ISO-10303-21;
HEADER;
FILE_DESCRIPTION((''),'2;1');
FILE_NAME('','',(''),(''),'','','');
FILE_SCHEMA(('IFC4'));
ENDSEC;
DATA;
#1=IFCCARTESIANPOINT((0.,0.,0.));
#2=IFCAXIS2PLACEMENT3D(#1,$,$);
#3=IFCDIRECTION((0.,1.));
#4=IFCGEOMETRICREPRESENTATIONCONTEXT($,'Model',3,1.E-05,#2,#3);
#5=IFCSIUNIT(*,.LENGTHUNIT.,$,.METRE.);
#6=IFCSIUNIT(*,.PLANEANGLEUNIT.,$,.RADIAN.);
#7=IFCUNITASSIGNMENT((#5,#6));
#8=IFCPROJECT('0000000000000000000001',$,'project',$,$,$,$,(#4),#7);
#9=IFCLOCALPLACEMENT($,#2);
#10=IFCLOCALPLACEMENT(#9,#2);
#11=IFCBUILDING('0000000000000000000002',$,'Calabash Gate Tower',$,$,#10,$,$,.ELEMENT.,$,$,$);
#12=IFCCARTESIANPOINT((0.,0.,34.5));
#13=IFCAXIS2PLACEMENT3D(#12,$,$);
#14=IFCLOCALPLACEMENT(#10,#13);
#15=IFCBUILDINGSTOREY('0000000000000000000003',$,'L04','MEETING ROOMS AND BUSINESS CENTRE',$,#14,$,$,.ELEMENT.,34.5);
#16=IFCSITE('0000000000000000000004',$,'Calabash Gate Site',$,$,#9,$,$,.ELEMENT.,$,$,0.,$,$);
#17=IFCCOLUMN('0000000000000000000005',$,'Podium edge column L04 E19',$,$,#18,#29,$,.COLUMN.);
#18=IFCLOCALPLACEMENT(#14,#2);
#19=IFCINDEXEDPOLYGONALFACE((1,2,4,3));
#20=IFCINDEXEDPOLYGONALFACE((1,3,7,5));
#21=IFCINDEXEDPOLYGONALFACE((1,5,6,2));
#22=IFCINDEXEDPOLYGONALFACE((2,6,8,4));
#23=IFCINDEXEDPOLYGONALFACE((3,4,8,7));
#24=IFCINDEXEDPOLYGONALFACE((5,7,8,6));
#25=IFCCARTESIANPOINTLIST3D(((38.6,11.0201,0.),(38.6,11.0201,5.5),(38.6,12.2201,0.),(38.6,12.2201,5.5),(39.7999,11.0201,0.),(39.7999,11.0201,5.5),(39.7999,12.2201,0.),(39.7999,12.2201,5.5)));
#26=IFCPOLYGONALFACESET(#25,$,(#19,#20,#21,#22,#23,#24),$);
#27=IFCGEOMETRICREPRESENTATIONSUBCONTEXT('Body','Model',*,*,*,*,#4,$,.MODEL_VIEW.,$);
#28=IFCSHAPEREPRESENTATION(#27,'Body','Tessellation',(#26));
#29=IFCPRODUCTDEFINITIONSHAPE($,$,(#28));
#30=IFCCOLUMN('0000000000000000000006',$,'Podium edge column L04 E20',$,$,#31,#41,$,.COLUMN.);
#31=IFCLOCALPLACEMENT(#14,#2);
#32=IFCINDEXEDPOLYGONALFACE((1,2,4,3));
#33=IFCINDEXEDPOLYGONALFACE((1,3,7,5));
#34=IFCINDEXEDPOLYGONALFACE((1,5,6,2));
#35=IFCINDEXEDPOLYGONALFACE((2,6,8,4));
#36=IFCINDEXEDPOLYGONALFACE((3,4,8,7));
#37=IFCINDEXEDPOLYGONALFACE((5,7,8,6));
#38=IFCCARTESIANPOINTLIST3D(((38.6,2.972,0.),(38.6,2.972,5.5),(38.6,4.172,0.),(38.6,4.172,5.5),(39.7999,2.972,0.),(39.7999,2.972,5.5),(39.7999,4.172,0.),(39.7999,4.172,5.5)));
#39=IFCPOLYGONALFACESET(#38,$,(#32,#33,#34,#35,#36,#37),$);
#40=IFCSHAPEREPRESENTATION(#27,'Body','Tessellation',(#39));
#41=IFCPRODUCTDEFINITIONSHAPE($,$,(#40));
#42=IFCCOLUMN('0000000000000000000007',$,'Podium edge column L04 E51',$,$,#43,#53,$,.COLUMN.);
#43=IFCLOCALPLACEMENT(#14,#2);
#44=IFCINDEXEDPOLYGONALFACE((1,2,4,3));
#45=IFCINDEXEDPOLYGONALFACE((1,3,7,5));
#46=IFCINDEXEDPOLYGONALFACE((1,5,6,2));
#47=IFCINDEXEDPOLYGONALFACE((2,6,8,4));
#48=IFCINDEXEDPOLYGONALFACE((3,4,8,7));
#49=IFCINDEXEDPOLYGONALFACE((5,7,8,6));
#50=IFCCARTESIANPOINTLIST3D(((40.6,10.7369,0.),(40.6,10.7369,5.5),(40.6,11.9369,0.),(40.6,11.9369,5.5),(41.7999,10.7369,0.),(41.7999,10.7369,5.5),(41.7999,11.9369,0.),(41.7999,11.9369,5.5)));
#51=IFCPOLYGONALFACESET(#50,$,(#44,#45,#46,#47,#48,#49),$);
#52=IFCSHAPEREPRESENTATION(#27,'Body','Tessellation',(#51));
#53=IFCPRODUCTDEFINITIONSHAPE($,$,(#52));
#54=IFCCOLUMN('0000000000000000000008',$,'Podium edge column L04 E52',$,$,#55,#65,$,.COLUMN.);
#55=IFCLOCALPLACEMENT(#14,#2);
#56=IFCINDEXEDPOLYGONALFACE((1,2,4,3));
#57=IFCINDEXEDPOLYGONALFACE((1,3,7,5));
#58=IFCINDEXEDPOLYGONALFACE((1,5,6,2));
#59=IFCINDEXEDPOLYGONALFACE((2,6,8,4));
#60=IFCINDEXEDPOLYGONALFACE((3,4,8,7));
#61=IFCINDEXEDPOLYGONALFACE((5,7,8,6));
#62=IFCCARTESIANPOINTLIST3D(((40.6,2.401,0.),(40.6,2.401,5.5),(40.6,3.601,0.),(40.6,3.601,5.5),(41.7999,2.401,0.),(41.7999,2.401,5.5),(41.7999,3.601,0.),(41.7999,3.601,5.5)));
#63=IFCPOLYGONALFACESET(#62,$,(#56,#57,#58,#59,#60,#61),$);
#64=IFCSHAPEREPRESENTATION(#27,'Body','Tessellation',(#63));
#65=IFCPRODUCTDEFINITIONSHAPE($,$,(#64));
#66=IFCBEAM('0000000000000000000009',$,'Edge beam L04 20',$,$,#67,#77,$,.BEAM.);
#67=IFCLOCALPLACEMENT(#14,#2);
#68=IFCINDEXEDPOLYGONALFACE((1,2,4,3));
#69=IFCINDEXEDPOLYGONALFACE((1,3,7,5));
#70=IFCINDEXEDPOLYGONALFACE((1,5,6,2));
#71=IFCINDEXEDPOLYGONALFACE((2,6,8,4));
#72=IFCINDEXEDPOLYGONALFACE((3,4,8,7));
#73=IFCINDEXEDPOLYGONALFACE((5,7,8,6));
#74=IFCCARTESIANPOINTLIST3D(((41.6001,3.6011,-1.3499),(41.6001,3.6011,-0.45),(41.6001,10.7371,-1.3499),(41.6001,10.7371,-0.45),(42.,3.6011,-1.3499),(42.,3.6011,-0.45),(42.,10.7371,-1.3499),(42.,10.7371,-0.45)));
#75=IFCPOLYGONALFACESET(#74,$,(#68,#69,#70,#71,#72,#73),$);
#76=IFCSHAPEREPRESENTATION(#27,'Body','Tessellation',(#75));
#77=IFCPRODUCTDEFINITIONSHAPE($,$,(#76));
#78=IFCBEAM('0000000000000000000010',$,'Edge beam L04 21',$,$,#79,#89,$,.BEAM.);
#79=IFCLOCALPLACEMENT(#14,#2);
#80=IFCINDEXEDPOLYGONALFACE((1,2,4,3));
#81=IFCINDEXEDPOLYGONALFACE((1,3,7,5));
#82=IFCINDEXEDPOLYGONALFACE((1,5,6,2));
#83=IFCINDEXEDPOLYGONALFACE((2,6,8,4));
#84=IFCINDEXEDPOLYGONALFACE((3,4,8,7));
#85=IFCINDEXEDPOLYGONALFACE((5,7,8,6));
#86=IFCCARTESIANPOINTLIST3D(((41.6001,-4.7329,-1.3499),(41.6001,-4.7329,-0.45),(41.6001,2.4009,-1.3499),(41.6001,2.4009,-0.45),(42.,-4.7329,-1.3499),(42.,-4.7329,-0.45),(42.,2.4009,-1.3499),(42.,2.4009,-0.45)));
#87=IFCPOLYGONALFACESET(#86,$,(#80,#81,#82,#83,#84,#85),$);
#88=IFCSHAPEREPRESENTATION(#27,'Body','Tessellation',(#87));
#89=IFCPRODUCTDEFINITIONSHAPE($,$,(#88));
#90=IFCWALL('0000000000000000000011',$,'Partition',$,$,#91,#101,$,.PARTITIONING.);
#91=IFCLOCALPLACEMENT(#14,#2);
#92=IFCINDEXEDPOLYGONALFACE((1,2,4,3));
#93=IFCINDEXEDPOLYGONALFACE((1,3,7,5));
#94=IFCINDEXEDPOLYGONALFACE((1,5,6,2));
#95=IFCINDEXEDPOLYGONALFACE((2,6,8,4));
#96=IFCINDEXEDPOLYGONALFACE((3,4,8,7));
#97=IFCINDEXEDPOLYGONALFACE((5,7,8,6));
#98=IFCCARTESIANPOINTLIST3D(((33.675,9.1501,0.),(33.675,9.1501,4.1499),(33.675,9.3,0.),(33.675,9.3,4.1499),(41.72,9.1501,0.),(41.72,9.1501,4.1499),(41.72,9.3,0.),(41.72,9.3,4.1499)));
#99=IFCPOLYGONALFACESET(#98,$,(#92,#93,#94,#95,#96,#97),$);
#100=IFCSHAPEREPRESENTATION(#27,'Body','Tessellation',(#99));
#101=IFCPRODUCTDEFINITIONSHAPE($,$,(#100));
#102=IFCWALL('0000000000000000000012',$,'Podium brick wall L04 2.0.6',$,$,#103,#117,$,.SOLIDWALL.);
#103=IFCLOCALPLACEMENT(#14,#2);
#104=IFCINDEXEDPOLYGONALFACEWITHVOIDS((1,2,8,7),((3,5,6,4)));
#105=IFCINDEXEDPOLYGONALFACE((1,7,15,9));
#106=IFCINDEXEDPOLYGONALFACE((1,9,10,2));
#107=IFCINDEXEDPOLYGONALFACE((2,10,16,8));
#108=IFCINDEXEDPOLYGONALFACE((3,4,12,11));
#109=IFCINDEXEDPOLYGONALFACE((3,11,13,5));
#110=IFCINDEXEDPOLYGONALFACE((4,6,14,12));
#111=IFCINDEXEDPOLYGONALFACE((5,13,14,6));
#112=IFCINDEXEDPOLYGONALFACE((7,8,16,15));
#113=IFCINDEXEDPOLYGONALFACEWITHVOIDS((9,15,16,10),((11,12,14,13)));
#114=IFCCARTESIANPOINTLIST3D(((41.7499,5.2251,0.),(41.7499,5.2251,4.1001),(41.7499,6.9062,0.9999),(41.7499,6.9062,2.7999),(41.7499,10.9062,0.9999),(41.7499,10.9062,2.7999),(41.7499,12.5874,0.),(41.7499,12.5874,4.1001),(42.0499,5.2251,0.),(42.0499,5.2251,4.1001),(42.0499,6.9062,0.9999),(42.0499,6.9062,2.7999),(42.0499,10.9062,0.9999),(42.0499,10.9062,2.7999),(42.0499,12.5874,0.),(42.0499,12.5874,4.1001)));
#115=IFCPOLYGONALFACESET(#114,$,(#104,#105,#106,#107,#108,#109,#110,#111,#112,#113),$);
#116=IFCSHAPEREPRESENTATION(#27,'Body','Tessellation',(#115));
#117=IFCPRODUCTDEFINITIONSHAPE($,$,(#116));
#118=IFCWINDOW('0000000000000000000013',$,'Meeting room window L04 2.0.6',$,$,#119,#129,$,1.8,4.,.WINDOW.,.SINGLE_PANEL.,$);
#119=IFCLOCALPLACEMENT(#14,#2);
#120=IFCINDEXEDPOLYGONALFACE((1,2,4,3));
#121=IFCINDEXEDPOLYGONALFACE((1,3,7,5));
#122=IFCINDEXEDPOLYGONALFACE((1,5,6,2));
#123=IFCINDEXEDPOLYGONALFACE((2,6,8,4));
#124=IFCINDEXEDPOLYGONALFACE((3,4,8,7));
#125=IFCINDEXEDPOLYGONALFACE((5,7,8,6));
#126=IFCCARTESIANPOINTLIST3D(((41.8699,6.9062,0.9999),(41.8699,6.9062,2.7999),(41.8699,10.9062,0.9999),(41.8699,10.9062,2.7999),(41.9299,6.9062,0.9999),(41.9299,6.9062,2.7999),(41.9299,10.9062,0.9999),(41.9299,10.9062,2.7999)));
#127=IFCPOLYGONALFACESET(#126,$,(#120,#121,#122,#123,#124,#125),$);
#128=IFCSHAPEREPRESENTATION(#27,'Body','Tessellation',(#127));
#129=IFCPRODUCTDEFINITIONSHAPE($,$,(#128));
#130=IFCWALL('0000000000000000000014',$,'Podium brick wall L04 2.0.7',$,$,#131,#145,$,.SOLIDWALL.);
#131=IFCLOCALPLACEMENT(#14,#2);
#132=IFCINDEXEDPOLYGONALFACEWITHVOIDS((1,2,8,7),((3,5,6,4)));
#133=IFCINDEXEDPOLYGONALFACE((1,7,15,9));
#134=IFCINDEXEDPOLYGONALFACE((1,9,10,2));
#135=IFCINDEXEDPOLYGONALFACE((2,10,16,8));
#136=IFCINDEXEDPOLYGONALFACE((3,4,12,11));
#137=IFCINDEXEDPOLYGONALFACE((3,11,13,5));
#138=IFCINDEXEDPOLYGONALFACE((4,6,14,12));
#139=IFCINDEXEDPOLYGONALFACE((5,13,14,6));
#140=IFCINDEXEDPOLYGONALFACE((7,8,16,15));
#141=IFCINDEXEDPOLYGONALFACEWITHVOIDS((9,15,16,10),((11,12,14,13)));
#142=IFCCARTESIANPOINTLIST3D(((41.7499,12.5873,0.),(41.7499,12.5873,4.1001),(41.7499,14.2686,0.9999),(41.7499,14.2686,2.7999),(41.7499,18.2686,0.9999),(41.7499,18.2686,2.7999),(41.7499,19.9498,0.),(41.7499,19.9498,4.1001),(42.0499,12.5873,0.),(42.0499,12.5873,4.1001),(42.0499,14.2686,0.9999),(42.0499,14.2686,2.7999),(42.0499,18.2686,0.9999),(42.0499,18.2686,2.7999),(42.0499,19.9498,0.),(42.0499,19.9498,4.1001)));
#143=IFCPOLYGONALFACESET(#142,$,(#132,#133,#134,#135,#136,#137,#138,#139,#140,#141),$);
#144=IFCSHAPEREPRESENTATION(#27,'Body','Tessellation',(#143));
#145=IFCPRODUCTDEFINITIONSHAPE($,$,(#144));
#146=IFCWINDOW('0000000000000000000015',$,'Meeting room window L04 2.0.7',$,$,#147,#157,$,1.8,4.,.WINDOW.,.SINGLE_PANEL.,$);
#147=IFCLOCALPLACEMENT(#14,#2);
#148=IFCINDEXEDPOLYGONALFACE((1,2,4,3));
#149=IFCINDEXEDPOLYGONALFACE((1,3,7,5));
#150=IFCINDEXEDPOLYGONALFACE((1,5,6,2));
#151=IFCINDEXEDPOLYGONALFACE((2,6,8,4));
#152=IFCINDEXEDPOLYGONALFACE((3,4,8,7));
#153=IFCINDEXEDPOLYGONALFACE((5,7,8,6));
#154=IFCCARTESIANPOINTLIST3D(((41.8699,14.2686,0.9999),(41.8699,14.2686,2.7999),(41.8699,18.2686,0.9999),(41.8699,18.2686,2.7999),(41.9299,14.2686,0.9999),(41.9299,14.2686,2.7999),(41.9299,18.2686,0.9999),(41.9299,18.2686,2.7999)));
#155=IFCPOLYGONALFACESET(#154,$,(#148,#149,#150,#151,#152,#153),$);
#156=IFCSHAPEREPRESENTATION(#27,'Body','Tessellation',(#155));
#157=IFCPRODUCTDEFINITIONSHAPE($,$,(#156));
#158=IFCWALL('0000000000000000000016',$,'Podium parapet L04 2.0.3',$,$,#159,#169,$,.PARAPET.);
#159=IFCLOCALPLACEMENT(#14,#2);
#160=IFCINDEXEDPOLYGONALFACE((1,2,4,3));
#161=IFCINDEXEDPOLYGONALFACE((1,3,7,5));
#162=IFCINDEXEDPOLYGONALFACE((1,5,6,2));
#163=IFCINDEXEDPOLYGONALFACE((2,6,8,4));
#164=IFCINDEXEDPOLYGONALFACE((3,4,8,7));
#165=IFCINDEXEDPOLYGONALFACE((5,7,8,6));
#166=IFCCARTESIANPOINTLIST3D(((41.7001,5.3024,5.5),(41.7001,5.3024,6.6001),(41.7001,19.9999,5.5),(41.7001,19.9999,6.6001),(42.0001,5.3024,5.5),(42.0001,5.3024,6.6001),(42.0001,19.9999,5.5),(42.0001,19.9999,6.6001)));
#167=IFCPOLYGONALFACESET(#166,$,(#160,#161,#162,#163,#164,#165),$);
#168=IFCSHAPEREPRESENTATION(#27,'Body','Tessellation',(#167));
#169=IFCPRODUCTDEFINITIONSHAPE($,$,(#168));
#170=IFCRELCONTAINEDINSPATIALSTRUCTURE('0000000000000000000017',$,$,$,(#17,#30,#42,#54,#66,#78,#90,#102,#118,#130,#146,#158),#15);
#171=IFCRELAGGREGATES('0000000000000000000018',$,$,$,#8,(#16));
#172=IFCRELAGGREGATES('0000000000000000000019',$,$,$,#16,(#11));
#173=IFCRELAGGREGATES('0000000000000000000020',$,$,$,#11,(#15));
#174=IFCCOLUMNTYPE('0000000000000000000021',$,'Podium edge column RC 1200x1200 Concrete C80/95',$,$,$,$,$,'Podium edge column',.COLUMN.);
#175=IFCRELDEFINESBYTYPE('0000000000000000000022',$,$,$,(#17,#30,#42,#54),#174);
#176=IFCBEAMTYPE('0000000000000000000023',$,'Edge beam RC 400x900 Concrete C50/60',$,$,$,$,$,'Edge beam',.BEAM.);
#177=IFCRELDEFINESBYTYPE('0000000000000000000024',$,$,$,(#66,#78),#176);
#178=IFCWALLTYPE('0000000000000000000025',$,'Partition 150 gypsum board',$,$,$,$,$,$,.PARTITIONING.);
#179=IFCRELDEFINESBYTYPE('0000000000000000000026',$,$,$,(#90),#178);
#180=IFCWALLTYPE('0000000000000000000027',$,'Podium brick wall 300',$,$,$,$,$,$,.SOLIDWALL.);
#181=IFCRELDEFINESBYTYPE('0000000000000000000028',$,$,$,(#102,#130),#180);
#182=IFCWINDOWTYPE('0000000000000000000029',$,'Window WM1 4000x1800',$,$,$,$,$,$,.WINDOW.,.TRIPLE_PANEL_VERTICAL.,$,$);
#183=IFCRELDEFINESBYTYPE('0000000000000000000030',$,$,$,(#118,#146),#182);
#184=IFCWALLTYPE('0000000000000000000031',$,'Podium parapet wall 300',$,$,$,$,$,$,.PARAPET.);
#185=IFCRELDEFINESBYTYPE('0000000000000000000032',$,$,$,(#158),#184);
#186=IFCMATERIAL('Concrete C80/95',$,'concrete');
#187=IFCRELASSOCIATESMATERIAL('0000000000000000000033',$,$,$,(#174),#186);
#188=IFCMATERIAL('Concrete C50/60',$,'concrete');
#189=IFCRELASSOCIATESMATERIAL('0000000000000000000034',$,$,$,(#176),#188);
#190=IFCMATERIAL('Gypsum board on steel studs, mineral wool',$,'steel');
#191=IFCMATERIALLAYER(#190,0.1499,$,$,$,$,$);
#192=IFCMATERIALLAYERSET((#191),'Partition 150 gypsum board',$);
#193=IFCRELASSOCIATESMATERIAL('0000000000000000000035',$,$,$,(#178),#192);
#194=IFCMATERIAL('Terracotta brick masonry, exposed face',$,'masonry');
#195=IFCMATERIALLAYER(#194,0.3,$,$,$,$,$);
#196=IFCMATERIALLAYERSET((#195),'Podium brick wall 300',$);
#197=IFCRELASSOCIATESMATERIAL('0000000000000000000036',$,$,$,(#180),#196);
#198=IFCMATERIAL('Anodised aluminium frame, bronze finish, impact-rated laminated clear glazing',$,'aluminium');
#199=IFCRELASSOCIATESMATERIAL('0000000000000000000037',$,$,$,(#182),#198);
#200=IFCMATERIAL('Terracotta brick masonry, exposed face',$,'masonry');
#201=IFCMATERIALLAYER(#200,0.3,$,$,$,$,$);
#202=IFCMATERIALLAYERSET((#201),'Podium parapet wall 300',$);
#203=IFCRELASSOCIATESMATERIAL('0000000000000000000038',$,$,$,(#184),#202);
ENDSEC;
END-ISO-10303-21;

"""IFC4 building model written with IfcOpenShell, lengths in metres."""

from ifc_helpers import new_model, si_unit, direction, frame, frame_2d, origin, origin_2d, place, context, subcontext, project, spatial, rectangle, extrude, material, layer, layer_set, material_profile, profile_set, type_object, element, fill, save


model = new_model("IFC4")

# Units and contexts
model_context = context("Model", 3, precision=1e-05, world=origin(), true_north=direction((0.0, 1.0)))
body_context = subcontext(model_context, "Body", "Model", "MODEL_VIEW")
ifc_project = project(units=[si_unit("LENGTHUNIT", "METRE"), si_unit("PLANEANGLEUNIT", "RADIAN")], contexts=[model_context])

# Site, building, storey
site_placement = place(None, origin())
site = spatial("IfcSite", under=ifc_project, at=site_placement, Name="Calabash Gate Site", CompositionType="ELEMENT", RefElevation=0.0)
building_placement = place(site_placement, origin())
building = spatial("IfcBuilding", under=site, at=building_placement, Name="Calabash Gate Tower", CompositionType="ELEMENT")
storey_placement = place(building_placement, frame((0.0, 0.0, 34.5)))
storey = spatial("IfcBuildingStorey", under=building, at=storey_placement, Name="L04", Description="MEETING ROOMS AND BUSINESS CENTRE", CompositionType="ELEMENT", Elevation=34.5)

# Columns
ifc_material_1 = material(Name="Concrete C80/95", Category="concrete")
ifc_material_profile_1 = material_profile(ifc_material_1, rectangle(XDim=1.2, YDim=1.2, at=origin_2d()))
ifc_profile_set_1 = profile_set([ifc_material_profile_1], Name="Concrete C80/95")
column_type = type_object("IfcColumnType", Name="Podium edge column RC 1200x1200 Concrete C80/95", ElementType="Podium edge column", PredefinedType="COLUMN", material=ifc_profile_set_1)
for number, where, z_axis, x_axis, name in (
    (1, (39.2, 11.6201, 0.0), (0.0, 0.0, 1.0), (1.0, 0.0, 0.0), "Podium edge column L04 E19"),
    (2, (39.2, 3.572, 0.0), (0.0, 0.0, 1.0), (1.0, 0.0, 0.0), "Podium edge column L04 E20"),
    (3, (41.2, 11.3369, 0.0), (0.0, 0.0, 1.0), (1.0, 0.0, 0.0), "Podium edge column L04 E51"),
    (4, (41.2, 3.001, 0.0), (0.0, 0.0, 1.0), (1.0, 0.0, 0.0), "Podium edge column L04 E52"),
):
    element("IfcColumn", number, at=place(storey_placement, frame(where, z_axis=z_axis, x_axis=x_axis)), inside=storey, type_object=column_type, Name=name, PredefinedType="COLUMN", context=body_context, shape_type="SweptSolid", body=[
        extrude(rectangle(XDim=1.2, YDim=1.2, at=origin_2d()), origin(), (0.0, 0.0, 1.0), 5.5),
    ])

# Beams
ifc_material_2 = material(Name="Concrete C50/60", Category="concrete")
ifc_material_profile_2 = material_profile(ifc_material_2, rectangle(XDim=0.3999, YDim=0.8999, at=origin_2d()))
ifc_profile_set_2 = profile_set([ifc_material_profile_2], Name="Concrete C50/60")
beam_type = type_object("IfcBeamType", Name="Edge beam RC 400x900 Concrete C50/60", ElementType="Edge beam", PredefinedType="BEAM", material=ifc_profile_set_2)
beam_1_placement = place(storey_placement, frame((41.8, 10.7371, -0.8999), z_axis=(0.0, -1.0, 0.0), x_axis=(1.0, 0.0, 0.0)))
element("IfcBeam", 5, at=beam_1_placement, inside=storey, type_object=beam_type, Name="Edge beam L04 20", PredefinedType="BEAM", context=body_context, shape_type="SweptSolid", body=[
    extrude(rectangle(XDim=0.3999, YDim=0.8999, at=origin_2d()), origin(), (0.0, 0.0, 1.0), 7.136),
])
beam_2_placement = place(storey_placement, frame((41.8, 2.4009, -0.8999), z_axis=(0.0, -1.0, 0.0), x_axis=(1.0, 0.0, 0.0)))
element("IfcBeam", 6, at=beam_2_placement, inside=storey, type_object=beam_type, Name="Edge beam L04 21", PredefinedType="BEAM", context=body_context, shape_type="SweptSolid", body=[
    extrude(rectangle(XDim=0.3999, YDim=0.8999, at=origin_2d()), origin(), (0.0, 0.0, 1.0), 7.1338),
])

# Wall
ifc_material_3 = material(Name="Gypsum board on steel studs, mineral wool", Category="steel")
ifc_layer_1 = layer(ifc_material_3, 0.1499)
ifc_layer_set_1 = layer_set([ifc_layer_1], Name="Partition 150 gypsum board")
wall_type_1 = type_object("IfcWallType", Name="Partition 150 gypsum board", PredefinedType="PARTITIONING", material=ifc_layer_set_1)
wall_1_placement = place(storey_placement, frame((33.675, 9.2251, 0.0), z_axis=(0.0, 0.0, 1.0), x_axis=(1.0, 0.0, 0.0)))
element("IfcWall", 7, at=wall_1_placement, inside=storey, type_object=wall_type_1, Name="Partition", PredefinedType="PARTITIONING", context=body_context, shape_type="SweptSolid", body=[
    extrude(rectangle(XDim=8.0449, YDim=0.1499, at=frame_2d((4.0225, 0.0))), origin(), (0.0, 0.0, 1.0), 4.1499),
])

# Walls, openings, windows
ifc_material_4 = material(Name="Terracotta brick masonry, exposed face", Category="masonry")
ifc_layer_2 = layer(ifc_material_4, 0.3)
ifc_layer_set_2 = layer_set([ifc_layer_2], Name="Podium brick wall 300")
wall_type_2 = type_object("IfcWallType", Name="Podium brick wall 300", PredefinedType="SOLIDWALL", material=ifc_layer_set_2)
wall_2_placement = place(storey_placement, frame((41.8999, 5.2251, 0.0), z_axis=(0.0, 0.0, 1.0), x_axis=(0.0, 1.0, 0.0)))
wall_2 = element("IfcWall", 8, at=wall_2_placement, inside=storey, type_object=wall_type_2, Name="Podium brick wall L04 2.0.6", PredefinedType="SOLIDWALL", context=body_context, shape_type="SweptSolid", body=[
    extrude(rectangle(XDim=7.3623, YDim=0.3, at=frame_2d((3.6812, 0.0))), origin(), (0.0, 0.0, 1.0), 4.1001),
])
opening_1_placement = place(wall_2_placement, frame((1.6812, 0.0, 1.0)))
opening_1 = element("IfcOpeningElement", 9, at=opening_1_placement, cuts=wall_2, PredefinedType="OPENING", context=body_context, shape_type="SweptSolid", body=[
    extrude(rectangle(XDim=4.0, YDim=1.8, at=frame_2d((2.0, 0.8999))), frame((0.0, 0.1599, 0.0), z_axis=(0.0, -1.0, 0.0), x_axis=(1.0, 0.0, 0.0)), (0.0, 0.0, 1.0), 0.3201),
])
ifc_material_5 = material(Name="Anodised aluminium frame, bronze finish, impact-rated laminated clear glazing", Category="aluminium")
window_type = type_object("IfcWindowType", Name="Window WM1 4000x1800", PartitioningType="TRIPLE_PANEL_VERTICAL", PredefinedType="WINDOW", material=ifc_material_5)
window_1_placement = place(opening_1_placement, origin())
window_1 = element("IfcWindow", 10, at=window_1_placement, inside=storey, type_object=window_type, Name="Meeting room window L04 2.0.6", OverallHeight=1.8, OverallWidth=4.0, PartitioningType="SINGLE_PANEL", PredefinedType="WINDOW", context=body_context, shape_type="SweptSolid", body=[
    extrude(rectangle(XDim=4.0, YDim=1.8, at=frame_2d((2.0, 0.8999))), frame((0.0, 0.03, 0.0), z_axis=(0.0, -1.0, 0.0), x_axis=(1.0, 0.0, 0.0)), (0.0, 0.0, 1.0), 0.0601),
])
fill(opening_1, window_1)
wall_3_placement = place(storey_placement, frame((41.8999, 12.5874, 0.0), z_axis=(0.0, 0.0, 1.0), x_axis=(0.0, 1.0, 0.0)))
wall_3 = element("IfcWall", 11, at=wall_3_placement, inside=storey, type_object=wall_type_2, Name="Podium brick wall L04 2.0.7", PredefinedType="SOLIDWALL", context=body_context, shape_type="SweptSolid", body=[
    extrude(rectangle(XDim=7.3625, YDim=0.3, at=frame_2d((3.6812, 0.0))), origin(), (0.0, 0.0, 1.0), 4.1001),
])
opening_2_placement = place(wall_3_placement, frame((1.6812, 0.0, 1.0)))
opening_2 = element("IfcOpeningElement", 12, at=opening_2_placement, cuts=wall_3, PredefinedType="OPENING", context=body_context, shape_type="SweptSolid", body=[
    extrude(rectangle(XDim=4.0, YDim=1.8, at=frame_2d((2.0, 0.8999))), frame((0.0, 0.1599, 0.0), z_axis=(0.0, -1.0, 0.0), x_axis=(1.0, 0.0, 0.0)), (0.0, 0.0, 1.0), 0.3201),
])
window_2_placement = place(opening_2_placement, origin())
window_2 = element("IfcWindow", 13, at=window_2_placement, inside=storey, type_object=window_type, Name="Meeting room window L04 2.0.7", OverallHeight=1.8, OverallWidth=4.0, PartitioningType="SINGLE_PANEL", PredefinedType="WINDOW", context=body_context, shape_type="SweptSolid", body=[
    extrude(rectangle(XDim=4.0, YDim=1.8, at=frame_2d((2.0, 0.8999))), frame((0.0, 0.03, 0.0), z_axis=(0.0, -1.0, 0.0), x_axis=(1.0, 0.0, 0.0)), (0.0, 0.0, 1.0), 0.0601),
])
fill(opening_2, window_2)

# Wall
ifc_material_6 = material(Name="Terracotta brick masonry, exposed face", Category="masonry")
ifc_layer_3 = layer(ifc_material_6, 0.3)
ifc_layer_set_3 = layer_set([ifc_layer_3], Name="Podium parapet wall 300")
wall_type_3 = type_object("IfcWallType", Name="Podium parapet wall 300", PredefinedType="PARAPET", material=ifc_layer_set_3)
wall_4_placement = place(storey_placement, frame((41.8501, 5.3025, 5.5), z_axis=(0.0, 0.0, 1.0), x_axis=(0.0, 1.0, 0.0)))
element("IfcWall", 14, at=wall_4_placement, inside=storey, type_object=wall_type_3, Name="Podium parapet L04 2.0.3", PredefinedType="PARAPET", context=body_context, shape_type="SweptSolid", body=[
    extrude(rectangle(XDim=14.6975, YDim=0.3, at=frame_2d((7.3486, 0.0))), origin(), (0.0, 0.0, 1.0), 1.1001),
])

save(model, "model.ifc")
